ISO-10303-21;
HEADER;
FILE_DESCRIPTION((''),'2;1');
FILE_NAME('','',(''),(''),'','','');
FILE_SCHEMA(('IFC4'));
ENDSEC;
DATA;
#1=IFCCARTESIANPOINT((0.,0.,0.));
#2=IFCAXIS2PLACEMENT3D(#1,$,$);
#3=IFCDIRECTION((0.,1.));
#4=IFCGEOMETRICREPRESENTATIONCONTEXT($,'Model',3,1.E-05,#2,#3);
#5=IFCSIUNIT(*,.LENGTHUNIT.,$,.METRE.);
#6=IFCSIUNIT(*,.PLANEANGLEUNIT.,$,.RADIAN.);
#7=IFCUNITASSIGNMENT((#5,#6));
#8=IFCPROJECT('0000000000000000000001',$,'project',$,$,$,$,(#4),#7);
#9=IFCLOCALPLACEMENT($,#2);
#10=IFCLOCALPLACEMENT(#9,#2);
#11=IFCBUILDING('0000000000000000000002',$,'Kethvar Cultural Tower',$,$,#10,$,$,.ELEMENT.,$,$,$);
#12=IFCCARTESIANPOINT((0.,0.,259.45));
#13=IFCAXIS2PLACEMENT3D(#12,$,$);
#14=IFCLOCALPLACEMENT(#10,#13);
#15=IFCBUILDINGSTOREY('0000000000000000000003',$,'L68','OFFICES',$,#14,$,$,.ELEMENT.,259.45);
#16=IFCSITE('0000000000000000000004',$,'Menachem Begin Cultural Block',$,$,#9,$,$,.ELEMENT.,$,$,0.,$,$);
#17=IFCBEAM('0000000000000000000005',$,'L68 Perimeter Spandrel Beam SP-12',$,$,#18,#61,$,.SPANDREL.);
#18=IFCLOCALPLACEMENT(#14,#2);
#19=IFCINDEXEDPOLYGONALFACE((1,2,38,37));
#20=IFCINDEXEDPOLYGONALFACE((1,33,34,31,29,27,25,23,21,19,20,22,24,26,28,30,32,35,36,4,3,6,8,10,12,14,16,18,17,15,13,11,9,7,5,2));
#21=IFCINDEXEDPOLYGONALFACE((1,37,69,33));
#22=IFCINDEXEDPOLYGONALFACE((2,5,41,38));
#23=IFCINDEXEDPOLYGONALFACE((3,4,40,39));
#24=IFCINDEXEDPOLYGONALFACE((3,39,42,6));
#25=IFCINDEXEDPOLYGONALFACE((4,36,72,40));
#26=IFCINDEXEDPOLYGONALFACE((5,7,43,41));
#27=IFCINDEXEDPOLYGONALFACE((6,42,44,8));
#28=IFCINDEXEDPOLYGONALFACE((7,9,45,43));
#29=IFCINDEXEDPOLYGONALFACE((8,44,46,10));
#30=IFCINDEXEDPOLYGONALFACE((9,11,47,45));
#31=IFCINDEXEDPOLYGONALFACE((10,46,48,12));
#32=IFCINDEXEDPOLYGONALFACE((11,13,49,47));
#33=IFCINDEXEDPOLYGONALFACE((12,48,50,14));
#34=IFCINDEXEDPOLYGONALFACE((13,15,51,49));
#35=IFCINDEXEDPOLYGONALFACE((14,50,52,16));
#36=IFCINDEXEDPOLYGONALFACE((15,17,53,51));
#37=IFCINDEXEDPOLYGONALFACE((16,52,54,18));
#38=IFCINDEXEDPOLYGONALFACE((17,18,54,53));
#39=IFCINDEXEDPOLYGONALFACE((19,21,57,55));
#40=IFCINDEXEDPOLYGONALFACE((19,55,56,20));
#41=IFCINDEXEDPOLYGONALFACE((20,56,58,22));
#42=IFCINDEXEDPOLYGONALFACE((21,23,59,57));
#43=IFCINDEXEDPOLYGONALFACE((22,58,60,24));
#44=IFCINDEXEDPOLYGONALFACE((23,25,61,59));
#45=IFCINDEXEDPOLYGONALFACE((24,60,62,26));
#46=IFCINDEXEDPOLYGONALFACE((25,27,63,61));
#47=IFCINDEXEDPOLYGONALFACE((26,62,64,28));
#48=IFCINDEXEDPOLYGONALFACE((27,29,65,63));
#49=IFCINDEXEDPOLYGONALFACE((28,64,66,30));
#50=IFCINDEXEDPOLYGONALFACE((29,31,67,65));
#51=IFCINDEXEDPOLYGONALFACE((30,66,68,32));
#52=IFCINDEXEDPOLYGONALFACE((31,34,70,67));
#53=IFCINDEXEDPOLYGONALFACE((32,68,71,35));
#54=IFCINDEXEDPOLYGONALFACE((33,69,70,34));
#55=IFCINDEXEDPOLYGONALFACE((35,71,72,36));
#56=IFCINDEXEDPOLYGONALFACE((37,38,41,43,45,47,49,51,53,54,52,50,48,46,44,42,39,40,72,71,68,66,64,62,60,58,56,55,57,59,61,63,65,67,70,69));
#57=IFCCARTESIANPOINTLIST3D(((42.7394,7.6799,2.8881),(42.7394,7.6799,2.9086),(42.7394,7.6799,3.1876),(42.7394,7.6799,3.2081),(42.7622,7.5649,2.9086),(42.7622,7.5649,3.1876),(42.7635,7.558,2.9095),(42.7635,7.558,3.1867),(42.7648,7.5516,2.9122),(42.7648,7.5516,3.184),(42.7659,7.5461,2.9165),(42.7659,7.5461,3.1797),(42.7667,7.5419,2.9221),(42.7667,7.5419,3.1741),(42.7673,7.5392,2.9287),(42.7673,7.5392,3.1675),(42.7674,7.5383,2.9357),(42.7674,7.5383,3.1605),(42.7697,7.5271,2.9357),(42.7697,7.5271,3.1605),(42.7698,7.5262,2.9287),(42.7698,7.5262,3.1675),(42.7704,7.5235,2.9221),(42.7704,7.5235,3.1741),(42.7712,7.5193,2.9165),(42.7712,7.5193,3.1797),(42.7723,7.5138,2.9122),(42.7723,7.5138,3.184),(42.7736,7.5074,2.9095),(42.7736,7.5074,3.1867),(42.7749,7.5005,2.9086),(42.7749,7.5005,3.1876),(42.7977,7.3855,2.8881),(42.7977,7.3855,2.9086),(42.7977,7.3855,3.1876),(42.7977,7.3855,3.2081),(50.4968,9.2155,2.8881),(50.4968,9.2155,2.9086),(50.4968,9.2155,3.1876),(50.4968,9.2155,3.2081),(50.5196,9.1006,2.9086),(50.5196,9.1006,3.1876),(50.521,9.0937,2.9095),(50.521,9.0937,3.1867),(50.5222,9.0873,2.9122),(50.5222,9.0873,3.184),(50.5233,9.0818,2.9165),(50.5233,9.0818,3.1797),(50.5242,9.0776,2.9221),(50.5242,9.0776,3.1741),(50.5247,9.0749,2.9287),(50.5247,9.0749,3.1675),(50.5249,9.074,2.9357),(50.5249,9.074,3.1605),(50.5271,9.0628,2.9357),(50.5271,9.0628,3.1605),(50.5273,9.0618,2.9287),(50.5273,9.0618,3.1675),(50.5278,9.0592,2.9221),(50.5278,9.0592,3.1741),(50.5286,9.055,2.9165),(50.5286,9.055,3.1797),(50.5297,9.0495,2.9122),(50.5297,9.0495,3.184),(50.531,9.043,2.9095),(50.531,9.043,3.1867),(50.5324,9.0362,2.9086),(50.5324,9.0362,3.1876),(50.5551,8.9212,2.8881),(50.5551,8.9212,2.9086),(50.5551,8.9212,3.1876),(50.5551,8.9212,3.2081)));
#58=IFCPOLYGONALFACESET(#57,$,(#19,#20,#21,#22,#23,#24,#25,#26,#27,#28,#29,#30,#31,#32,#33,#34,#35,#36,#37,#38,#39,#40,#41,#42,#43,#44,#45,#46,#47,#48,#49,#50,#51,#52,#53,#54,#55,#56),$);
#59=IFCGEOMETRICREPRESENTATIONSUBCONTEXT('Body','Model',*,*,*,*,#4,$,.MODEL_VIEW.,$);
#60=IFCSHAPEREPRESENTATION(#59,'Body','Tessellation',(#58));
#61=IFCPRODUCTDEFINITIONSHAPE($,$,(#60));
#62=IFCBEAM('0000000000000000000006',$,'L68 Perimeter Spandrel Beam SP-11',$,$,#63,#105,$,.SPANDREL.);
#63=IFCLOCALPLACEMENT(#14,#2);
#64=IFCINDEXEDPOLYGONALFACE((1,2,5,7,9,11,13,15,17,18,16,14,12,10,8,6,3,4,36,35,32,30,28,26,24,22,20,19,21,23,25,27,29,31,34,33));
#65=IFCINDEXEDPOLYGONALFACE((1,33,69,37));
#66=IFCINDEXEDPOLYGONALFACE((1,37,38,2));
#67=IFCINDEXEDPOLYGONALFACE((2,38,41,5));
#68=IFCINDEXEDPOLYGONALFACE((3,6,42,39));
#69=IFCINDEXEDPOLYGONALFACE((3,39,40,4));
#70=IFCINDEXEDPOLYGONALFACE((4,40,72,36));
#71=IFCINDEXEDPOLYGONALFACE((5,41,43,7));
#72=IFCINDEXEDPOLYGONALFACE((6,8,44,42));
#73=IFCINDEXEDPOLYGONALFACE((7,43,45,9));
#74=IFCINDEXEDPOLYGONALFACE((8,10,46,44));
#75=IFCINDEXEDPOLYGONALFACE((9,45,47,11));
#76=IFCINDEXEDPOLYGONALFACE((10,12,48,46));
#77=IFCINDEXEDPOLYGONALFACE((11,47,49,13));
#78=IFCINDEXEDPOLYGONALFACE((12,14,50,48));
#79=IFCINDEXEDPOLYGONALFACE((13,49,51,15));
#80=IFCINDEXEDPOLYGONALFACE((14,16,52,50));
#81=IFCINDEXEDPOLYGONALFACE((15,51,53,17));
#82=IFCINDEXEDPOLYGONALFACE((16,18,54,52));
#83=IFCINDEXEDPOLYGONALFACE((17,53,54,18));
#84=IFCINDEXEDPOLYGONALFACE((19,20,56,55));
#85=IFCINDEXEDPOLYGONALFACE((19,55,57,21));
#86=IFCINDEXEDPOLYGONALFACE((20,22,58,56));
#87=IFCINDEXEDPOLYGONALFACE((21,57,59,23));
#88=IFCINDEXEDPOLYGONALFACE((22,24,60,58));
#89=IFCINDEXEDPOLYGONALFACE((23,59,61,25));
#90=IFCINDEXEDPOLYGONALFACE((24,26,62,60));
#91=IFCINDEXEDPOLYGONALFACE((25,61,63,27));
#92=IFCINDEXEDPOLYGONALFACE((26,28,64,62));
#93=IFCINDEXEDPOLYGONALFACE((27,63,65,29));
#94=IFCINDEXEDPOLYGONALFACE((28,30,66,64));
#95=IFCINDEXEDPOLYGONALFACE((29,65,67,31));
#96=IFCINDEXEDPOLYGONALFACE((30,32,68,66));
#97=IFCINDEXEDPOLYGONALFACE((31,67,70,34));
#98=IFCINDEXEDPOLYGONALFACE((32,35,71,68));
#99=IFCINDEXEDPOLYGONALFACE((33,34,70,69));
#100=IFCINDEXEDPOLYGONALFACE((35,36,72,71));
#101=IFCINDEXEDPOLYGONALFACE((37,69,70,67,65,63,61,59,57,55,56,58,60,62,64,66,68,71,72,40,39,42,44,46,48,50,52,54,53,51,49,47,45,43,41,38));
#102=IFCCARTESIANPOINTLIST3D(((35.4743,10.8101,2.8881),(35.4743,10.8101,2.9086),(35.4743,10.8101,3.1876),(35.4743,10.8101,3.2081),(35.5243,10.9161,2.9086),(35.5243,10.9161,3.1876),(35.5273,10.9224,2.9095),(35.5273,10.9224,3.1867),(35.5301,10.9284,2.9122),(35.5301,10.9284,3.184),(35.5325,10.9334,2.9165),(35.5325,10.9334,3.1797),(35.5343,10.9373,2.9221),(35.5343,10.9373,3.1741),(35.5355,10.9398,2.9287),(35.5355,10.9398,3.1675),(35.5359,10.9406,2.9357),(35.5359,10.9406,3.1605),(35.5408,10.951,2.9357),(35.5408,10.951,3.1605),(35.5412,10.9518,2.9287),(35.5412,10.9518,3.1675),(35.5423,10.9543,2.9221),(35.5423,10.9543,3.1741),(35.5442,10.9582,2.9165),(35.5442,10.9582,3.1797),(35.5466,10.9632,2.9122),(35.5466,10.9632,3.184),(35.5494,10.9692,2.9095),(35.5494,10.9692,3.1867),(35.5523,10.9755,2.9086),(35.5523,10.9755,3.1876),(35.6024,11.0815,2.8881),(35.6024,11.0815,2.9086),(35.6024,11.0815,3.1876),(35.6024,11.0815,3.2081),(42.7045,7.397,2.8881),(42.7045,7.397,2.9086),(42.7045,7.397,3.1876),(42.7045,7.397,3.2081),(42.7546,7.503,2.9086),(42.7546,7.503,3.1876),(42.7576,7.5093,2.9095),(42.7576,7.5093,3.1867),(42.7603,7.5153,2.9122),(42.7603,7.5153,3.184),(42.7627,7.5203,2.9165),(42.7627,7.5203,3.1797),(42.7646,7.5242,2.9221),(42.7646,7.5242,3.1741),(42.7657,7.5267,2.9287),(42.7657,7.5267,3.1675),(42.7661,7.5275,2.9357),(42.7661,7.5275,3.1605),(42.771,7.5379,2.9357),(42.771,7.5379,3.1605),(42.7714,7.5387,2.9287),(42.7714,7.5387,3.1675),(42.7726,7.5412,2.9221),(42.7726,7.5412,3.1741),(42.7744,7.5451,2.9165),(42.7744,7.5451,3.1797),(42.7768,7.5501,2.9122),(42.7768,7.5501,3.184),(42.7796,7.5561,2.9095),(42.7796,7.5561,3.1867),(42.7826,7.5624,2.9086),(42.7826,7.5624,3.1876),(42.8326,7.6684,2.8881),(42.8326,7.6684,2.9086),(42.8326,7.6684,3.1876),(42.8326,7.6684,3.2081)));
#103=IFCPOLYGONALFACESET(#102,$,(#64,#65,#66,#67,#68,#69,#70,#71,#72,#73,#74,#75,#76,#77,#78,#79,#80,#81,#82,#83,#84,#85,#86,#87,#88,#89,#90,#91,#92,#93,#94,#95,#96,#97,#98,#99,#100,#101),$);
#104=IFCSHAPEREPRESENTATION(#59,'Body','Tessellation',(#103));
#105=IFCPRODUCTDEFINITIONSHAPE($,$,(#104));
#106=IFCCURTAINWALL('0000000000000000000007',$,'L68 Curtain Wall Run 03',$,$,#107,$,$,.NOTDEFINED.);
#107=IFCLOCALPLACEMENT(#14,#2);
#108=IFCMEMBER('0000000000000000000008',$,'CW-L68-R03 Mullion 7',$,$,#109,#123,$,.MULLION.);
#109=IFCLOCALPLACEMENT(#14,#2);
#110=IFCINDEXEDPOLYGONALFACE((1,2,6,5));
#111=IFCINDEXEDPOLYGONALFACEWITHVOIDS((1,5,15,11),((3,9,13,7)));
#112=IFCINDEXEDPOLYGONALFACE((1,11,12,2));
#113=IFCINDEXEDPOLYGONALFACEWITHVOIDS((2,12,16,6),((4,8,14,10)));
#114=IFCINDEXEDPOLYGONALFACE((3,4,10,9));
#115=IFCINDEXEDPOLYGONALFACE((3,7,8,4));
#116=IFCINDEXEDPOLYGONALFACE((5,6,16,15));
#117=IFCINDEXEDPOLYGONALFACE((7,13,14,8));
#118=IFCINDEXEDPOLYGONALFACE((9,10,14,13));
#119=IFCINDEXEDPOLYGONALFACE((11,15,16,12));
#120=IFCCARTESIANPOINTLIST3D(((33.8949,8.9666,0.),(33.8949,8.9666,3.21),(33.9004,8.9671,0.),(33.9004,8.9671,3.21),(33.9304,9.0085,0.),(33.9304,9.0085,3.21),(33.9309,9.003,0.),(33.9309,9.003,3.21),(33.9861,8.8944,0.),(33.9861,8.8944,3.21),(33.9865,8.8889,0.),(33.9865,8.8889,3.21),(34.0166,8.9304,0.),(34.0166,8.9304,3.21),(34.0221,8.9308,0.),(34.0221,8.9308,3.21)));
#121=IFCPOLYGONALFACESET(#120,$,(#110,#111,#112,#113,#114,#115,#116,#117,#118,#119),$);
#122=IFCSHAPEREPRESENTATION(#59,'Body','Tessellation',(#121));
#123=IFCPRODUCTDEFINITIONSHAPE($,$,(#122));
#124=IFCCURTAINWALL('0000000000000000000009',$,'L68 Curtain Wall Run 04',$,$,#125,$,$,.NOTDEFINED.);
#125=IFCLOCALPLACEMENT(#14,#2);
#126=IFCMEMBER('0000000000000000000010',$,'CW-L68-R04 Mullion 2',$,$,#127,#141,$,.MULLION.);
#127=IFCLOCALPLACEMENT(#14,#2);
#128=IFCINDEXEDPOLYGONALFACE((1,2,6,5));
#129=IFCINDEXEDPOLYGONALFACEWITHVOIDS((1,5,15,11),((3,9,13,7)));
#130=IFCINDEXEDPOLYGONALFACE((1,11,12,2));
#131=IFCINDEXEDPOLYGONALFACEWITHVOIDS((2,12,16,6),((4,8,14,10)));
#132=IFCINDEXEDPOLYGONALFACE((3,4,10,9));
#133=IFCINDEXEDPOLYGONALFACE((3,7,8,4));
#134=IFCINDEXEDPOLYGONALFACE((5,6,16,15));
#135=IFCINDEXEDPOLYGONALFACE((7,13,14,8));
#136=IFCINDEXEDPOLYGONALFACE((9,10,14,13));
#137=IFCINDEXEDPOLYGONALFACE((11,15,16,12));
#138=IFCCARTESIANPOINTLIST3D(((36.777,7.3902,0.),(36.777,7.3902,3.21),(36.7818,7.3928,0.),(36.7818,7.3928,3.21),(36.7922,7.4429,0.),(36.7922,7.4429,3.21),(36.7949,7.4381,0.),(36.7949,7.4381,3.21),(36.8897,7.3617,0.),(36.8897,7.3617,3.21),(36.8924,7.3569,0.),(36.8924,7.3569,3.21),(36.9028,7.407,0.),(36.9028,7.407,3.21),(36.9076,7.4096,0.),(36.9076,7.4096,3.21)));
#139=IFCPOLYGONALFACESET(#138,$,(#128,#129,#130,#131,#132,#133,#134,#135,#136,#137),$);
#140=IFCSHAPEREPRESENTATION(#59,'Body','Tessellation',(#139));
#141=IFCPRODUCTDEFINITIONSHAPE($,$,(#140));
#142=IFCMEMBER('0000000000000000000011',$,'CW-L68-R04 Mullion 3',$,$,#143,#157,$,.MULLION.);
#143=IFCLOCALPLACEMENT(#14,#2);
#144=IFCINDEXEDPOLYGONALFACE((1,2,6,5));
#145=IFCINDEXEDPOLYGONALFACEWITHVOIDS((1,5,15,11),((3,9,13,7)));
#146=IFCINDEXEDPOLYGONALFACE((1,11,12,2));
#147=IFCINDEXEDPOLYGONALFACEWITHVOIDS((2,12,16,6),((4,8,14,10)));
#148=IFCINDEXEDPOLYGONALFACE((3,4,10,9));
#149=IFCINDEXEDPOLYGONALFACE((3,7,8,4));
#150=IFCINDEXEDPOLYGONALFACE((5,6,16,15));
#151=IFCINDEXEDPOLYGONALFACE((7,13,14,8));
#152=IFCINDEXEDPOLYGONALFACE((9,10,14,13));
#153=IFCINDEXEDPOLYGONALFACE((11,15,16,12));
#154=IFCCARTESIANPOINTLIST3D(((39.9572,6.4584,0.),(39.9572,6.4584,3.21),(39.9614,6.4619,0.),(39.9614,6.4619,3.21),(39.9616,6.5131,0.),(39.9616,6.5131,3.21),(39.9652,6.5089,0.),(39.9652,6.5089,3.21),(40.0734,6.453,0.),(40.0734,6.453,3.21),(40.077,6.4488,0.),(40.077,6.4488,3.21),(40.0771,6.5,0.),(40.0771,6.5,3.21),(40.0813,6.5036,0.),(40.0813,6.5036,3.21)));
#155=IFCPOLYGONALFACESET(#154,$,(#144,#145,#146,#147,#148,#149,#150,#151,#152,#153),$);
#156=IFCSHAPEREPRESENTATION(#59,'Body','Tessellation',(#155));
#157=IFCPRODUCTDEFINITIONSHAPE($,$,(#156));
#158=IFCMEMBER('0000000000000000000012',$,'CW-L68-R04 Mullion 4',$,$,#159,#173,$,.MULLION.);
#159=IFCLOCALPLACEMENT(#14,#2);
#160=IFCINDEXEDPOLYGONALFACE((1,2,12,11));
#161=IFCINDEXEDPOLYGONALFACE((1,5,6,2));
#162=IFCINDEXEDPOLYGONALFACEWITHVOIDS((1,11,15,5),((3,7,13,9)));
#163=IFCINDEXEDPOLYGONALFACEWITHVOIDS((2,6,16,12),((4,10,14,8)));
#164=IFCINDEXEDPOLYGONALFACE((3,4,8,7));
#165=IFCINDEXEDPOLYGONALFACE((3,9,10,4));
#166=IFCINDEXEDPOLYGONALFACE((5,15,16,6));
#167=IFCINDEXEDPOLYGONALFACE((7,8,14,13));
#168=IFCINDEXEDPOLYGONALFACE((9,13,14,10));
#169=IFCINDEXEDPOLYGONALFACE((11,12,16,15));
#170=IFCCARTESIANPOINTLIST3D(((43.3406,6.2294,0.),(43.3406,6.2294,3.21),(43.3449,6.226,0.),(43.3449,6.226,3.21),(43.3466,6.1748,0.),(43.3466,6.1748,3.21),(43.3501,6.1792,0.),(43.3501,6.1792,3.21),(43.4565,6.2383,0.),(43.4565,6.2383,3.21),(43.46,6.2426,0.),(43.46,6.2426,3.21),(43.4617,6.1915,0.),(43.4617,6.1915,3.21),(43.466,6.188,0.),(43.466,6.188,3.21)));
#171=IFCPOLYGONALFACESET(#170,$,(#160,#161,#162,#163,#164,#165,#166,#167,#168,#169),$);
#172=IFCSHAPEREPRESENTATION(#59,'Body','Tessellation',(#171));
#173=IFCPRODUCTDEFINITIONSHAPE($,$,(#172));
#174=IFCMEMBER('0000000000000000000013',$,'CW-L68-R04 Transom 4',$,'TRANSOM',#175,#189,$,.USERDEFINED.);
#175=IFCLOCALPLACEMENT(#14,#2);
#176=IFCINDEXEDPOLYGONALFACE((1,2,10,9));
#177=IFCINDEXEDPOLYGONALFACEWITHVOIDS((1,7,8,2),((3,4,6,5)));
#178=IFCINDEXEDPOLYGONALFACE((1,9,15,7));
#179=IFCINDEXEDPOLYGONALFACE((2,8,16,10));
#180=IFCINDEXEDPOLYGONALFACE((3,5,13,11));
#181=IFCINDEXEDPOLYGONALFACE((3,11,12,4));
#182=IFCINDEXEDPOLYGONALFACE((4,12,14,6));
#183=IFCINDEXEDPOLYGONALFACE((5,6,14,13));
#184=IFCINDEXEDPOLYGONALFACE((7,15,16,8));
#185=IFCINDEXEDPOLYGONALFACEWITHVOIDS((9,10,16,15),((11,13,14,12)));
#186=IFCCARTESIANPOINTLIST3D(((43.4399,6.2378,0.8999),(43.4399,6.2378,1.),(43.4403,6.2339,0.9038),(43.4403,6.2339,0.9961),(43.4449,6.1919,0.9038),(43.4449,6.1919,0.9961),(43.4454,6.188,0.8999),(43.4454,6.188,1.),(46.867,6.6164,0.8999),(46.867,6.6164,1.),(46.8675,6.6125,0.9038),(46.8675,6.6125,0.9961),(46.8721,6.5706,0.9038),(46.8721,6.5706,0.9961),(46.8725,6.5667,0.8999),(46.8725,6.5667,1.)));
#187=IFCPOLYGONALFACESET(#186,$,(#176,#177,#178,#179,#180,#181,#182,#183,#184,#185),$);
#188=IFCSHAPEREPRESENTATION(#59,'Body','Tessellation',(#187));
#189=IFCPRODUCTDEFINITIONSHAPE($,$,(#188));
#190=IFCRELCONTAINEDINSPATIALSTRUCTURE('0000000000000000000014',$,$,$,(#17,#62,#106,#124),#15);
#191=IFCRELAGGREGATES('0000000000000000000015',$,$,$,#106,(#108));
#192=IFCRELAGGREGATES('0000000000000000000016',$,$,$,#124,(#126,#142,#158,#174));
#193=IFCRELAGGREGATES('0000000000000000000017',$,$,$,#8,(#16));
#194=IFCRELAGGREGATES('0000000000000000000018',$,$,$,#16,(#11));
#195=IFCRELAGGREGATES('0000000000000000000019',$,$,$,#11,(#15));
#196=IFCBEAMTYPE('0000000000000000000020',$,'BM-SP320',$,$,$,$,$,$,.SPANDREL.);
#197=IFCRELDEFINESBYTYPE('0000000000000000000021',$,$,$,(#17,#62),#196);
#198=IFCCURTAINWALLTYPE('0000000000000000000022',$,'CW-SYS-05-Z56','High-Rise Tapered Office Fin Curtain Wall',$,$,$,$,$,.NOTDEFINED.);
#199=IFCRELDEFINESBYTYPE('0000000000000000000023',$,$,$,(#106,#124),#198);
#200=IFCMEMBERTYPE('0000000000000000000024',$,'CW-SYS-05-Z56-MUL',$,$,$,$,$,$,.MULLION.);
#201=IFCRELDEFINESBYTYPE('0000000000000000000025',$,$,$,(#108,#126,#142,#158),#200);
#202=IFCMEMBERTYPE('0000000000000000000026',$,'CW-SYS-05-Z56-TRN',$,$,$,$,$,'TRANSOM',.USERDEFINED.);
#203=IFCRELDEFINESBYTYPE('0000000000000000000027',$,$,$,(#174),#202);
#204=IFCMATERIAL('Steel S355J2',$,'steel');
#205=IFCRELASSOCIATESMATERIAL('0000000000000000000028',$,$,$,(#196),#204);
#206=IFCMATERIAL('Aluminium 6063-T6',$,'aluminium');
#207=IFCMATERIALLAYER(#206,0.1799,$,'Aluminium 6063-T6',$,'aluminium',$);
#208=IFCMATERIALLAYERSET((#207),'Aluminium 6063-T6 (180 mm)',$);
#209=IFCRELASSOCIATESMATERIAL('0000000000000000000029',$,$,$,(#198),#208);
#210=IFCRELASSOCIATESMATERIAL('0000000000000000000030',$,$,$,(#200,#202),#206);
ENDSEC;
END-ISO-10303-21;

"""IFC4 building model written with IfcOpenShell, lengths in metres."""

from ifc_helpers import new_model, si_unit, direction, frame, origin, origin_2d, place, context, subcontext, project, spatial, hollow_rectangle, i_section, extrude, source, transform, mapped, material, layer, layer_set, material_profile, profile_set, type_object, element, aggregate, save


model = new_model("IFC4")

# Units and contexts
model_context = context("Model", 3, precision=1e-05, world=origin(), true_north=direction((0.0, 1.0)))
body_context = subcontext(model_context, "Body", "Model", "MODEL_VIEW")
ifc_project = project(units=[si_unit("LENGTHUNIT", "METRE"), si_unit("PLANEANGLEUNIT", "RADIAN")], contexts=[model_context])

# Site, building, storey
site_placement = place(None, origin())
site = spatial("IfcSite", under=ifc_project, at=site_placement, Name="Menachem Begin Cultural Block", CompositionType="ELEMENT", RefElevation=0.0)
building_placement = place(site_placement, origin())
building = spatial("IfcBuilding", under=site, at=building_placement, Name="Kethvar Cultural Tower", CompositionType="ELEMENT")
storey_placement = place(building_placement, frame((0.0, 0.0, 259.45)))
storey = spatial("IfcBuildingStorey", under=building, at=storey_placement, Name="L68", Description="OFFICES", CompositionType="ELEMENT", Elevation=259.45)

# Beams
ifc_material_1 = material(Name="Steel S355J2", Category="steel")
ifc_material_profile_1 = material_profile(ifc_material_1, i_section(OverallWidth=0.3, OverallDepth=0.3201, WebThickness=0.0115, FlangeThickness=0.0205, FilletRadius=0.0271, at=origin_2d()), Name="Steel S355J2 — HEB320")
ifc_profile_set_1 = profile_set([ifc_material_profile_1], Name="Steel S355J2 — HEB320")
beam_type_1 = type_object("IfcBeamType", Name="BM-SP320", PredefinedType="SPANDREL", material=ifc_profile_set_1)
shared_shape_1 = source(origin(), body_context, "Body", "SweptSolid", [
    extrude(i_section(OverallWidth=0.3, OverallDepth=0.3201, WebThickness=0.0115, FlangeThickness=0.0205, FilletRadius=0.0271, at=origin_2d()), origin(), (0.0, 0.0, 1.0), 7.908),
])
beam_1_placement = place(storey_placement, frame((42.7686, 7.5327, 3.0481), z_axis=(0.980964, 0.194192, 0.0), x_axis=(-0.194192, 0.980964, 0.0)))
element("IfcBeam", 1, at=beam_1_placement, inside=storey, type_object=beam_type_1, Name="L68 Perimeter Spandrel Beam SP-12", PredefinedType="SPANDREL", context=body_context, shape_type="MappedRepresentation", body=[
    mapped(shared_shape_1, transform((0.0, 0.0, 0.0), scale=1.0)),
])
shared_shape_2 = source(origin(), body_context, "Body", "SweptSolid", [
    extrude(i_section(OverallWidth=0.3, OverallDepth=0.3201, WebThickness=0.0115, FlangeThickness=0.0205, FilletRadius=0.0271, at=origin_2d()), origin(), (0.0, 0.0, 1.0), 7.9954),
])
beam_2_placement = place(storey_placement, frame((35.5383, 10.9458, 3.0481), z_axis=(0.904306, -0.426885, 0.0), x_axis=(0.426885, 0.904306, 0.0)))
element("IfcBeam", 2, at=beam_2_placement, inside=storey, type_object=beam_type_1, Name="L68 Perimeter Spandrel Beam SP-11", PredefinedType="SPANDREL", context=body_context, shape_type="MappedRepresentation", body=[
    mapped(shared_shape_2, transform((0.0, 0.0, 0.0), scale=1.0)),
])

# Curtain wall, member
ifc_material_2 = material(Name="Aluminium 6063-T6", Category="aluminium")
ifc_layer_1 = layer(ifc_material_2, 0.1799, Name="Aluminium 6063-T6", Category="aluminium")
ifc_layer_set_1 = layer_set([ifc_layer_1], Name="Aluminium 6063-T6 (180 mm)")
curtain_wall_type = type_object("IfcCurtainWallType", Name="CW-SYS-05-Z56", Description="High-Rise Tapered Office Fin Curtain Wall", PredefinedType="NOTDEFINED", material=ifc_layer_set_1)
curtain_wall_1_placement = place(storey_placement, origin())
curtain_wall_1 = element("IfcCurtainWall", 3, at=curtain_wall_1_placement, inside=storey, type_object=curtain_wall_type, Name="L68 Curtain Wall Run 03", PredefinedType="NOTDEFINED")
ifc_material_profile_2 = material_profile(ifc_material_2, hollow_rectangle(XDim=0.0549, YDim=0.1201, WallThickness=0.0039, at=origin_2d()), Name="Aluminium 6063-T6 — RHS120x55x4")
ifc_profile_set_2 = profile_set([ifc_material_profile_2], Name="Aluminium 6063-T6 — RHS120x55x4")
member_type_1 = type_object("IfcMemberType", Name="CW-SYS-05-Z56-MUL", PredefinedType="MULLION", material=ifc_profile_set_2)
shared_shape_3 = source(origin(), body_context, "Body", "SweptSolid", [
    extrude(hollow_rectangle(XDim=0.0549, YDim=0.1201, WallThickness=0.0039, at=origin_2d()), origin(), (0.0, 0.0, 1.0), 3.21),
])
member_1_placement = place(storey_placement, frame((33.9585, 8.9487, 0.0), z_axis=(0.0, 0.0, 1.0), x_axis=(0.646697, 0.762747, 0.0)))
member_1 = element("IfcMember", 4, at=member_1_placement, type_object=member_type_1, Name="CW-L68-R03 Mullion 7", PredefinedType="MULLION", context=body_context, shape_type="MappedRepresentation", body=[
    mapped(shared_shape_3, transform((0.0, 0.0, 0.0), scale=1.0)),
])

# Curtain wall, members
curtain_wall_2_placement = place(storey_placement, origin())
curtain_wall_2 = element("IfcCurtainWall", 5, at=curtain_wall_2_placement, inside=storey, type_object=curtain_wall_type, Name="L68 Curtain Wall Run 04", PredefinedType="NOTDEFINED")
member_2_placement = place(storey_placement, frame((36.8423, 7.3999, 0.0), z_axis=(0.0, 0.0, 1.0), x_axis=(0.277315, 0.960779, 0.0)))
member_2 = element("IfcMember", 6, at=member_2_placement, type_object=member_type_1, Name="CW-L68-R04 Mullion 2", PredefinedType="MULLION", context=body_context, shape_type="MappedRepresentation", body=[
    mapped(shared_shape_3, transform((0.0, 0.0, 0.0), scale=1.0)),
])
member_3_placement = place(storey_placement, frame((40.0193, 6.481, 0.0), z_axis=(0.0, 0.0, 1.0), x_axis=(0.079642, 0.996824, 0.0)))
member_3 = element("IfcMember", 7, at=member_3_placement, type_object=member_type_1, Name="CW-L68-R04 Mullion 3", PredefinedType="MULLION", context=body_context, shape_type="MappedRepresentation", body=[
    mapped(shared_shape_3, transform((0.0, 0.0, 0.0), scale=1.0)),
])
member_4_placement = place(storey_placement, frame((43.4033, 6.2087, 0.0), z_axis=(0.0, 0.0, 1.0), x_axis=(-0.109769, 0.993957, 0.0)))
member_4 = element("IfcMember", 8, at=member_4_placement, type_object=member_type_1, Name="CW-L68-R04 Mullion 4", PredefinedType="MULLION", context=body_context, shape_type="MappedRepresentation", body=[
    mapped(shared_shape_3, transform((0.0, 0.0, 0.0), scale=1.0)),
])
ifc_material_profile_3 = material_profile(ifc_material_2, hollow_rectangle(XDim=0.05, YDim=0.1001, WallThickness=0.0039, at=origin_2d()), Name="Aluminium 6063-T6 — RHS100x50x4")
ifc_profile_set_3 = profile_set([ifc_material_profile_3], Name="Aluminium 6063-T6 — RHS100x50x4")
member_type_2 = type_object("IfcMemberType", Name="CW-SYS-05-Z56-TRN", ElementType="TRANSOM", PredefinedType="USERDEFINED", material=ifc_profile_set_3)
shared_shape_4 = source(origin(), body_context, "Body", "SweptSolid", [
    extrude(hollow_rectangle(XDim=0.05, YDim=0.1001, WallThickness=0.0039, at=origin_2d()), origin(), (0.0, 0.0, 1.0), 3.448),
])
member_5_placement = place(storey_placement, frame((43.4426, 6.2129, 0.95), z_axis=(0.993952, 0.109818, 0.0), x_axis=(-0.109818, 0.993952, 0.0)))
member_5 = element("IfcMember", 9, at=member_5_placement, type_object=member_type_2, Name="CW-L68-R04 Transom 4", ObjectType="TRANSOM", PredefinedType="USERDEFINED", context=body_context, shape_type="MappedRepresentation", body=[
    mapped(shared_shape_4, transform((0.0, 0.0, 0.0), scale=1.0)),
])

aggregate(curtain_wall_1, [member_1])
aggregate(curtain_wall_2, [member_2, member_3, member_4, member_5])

save(model, "model.ifc")
